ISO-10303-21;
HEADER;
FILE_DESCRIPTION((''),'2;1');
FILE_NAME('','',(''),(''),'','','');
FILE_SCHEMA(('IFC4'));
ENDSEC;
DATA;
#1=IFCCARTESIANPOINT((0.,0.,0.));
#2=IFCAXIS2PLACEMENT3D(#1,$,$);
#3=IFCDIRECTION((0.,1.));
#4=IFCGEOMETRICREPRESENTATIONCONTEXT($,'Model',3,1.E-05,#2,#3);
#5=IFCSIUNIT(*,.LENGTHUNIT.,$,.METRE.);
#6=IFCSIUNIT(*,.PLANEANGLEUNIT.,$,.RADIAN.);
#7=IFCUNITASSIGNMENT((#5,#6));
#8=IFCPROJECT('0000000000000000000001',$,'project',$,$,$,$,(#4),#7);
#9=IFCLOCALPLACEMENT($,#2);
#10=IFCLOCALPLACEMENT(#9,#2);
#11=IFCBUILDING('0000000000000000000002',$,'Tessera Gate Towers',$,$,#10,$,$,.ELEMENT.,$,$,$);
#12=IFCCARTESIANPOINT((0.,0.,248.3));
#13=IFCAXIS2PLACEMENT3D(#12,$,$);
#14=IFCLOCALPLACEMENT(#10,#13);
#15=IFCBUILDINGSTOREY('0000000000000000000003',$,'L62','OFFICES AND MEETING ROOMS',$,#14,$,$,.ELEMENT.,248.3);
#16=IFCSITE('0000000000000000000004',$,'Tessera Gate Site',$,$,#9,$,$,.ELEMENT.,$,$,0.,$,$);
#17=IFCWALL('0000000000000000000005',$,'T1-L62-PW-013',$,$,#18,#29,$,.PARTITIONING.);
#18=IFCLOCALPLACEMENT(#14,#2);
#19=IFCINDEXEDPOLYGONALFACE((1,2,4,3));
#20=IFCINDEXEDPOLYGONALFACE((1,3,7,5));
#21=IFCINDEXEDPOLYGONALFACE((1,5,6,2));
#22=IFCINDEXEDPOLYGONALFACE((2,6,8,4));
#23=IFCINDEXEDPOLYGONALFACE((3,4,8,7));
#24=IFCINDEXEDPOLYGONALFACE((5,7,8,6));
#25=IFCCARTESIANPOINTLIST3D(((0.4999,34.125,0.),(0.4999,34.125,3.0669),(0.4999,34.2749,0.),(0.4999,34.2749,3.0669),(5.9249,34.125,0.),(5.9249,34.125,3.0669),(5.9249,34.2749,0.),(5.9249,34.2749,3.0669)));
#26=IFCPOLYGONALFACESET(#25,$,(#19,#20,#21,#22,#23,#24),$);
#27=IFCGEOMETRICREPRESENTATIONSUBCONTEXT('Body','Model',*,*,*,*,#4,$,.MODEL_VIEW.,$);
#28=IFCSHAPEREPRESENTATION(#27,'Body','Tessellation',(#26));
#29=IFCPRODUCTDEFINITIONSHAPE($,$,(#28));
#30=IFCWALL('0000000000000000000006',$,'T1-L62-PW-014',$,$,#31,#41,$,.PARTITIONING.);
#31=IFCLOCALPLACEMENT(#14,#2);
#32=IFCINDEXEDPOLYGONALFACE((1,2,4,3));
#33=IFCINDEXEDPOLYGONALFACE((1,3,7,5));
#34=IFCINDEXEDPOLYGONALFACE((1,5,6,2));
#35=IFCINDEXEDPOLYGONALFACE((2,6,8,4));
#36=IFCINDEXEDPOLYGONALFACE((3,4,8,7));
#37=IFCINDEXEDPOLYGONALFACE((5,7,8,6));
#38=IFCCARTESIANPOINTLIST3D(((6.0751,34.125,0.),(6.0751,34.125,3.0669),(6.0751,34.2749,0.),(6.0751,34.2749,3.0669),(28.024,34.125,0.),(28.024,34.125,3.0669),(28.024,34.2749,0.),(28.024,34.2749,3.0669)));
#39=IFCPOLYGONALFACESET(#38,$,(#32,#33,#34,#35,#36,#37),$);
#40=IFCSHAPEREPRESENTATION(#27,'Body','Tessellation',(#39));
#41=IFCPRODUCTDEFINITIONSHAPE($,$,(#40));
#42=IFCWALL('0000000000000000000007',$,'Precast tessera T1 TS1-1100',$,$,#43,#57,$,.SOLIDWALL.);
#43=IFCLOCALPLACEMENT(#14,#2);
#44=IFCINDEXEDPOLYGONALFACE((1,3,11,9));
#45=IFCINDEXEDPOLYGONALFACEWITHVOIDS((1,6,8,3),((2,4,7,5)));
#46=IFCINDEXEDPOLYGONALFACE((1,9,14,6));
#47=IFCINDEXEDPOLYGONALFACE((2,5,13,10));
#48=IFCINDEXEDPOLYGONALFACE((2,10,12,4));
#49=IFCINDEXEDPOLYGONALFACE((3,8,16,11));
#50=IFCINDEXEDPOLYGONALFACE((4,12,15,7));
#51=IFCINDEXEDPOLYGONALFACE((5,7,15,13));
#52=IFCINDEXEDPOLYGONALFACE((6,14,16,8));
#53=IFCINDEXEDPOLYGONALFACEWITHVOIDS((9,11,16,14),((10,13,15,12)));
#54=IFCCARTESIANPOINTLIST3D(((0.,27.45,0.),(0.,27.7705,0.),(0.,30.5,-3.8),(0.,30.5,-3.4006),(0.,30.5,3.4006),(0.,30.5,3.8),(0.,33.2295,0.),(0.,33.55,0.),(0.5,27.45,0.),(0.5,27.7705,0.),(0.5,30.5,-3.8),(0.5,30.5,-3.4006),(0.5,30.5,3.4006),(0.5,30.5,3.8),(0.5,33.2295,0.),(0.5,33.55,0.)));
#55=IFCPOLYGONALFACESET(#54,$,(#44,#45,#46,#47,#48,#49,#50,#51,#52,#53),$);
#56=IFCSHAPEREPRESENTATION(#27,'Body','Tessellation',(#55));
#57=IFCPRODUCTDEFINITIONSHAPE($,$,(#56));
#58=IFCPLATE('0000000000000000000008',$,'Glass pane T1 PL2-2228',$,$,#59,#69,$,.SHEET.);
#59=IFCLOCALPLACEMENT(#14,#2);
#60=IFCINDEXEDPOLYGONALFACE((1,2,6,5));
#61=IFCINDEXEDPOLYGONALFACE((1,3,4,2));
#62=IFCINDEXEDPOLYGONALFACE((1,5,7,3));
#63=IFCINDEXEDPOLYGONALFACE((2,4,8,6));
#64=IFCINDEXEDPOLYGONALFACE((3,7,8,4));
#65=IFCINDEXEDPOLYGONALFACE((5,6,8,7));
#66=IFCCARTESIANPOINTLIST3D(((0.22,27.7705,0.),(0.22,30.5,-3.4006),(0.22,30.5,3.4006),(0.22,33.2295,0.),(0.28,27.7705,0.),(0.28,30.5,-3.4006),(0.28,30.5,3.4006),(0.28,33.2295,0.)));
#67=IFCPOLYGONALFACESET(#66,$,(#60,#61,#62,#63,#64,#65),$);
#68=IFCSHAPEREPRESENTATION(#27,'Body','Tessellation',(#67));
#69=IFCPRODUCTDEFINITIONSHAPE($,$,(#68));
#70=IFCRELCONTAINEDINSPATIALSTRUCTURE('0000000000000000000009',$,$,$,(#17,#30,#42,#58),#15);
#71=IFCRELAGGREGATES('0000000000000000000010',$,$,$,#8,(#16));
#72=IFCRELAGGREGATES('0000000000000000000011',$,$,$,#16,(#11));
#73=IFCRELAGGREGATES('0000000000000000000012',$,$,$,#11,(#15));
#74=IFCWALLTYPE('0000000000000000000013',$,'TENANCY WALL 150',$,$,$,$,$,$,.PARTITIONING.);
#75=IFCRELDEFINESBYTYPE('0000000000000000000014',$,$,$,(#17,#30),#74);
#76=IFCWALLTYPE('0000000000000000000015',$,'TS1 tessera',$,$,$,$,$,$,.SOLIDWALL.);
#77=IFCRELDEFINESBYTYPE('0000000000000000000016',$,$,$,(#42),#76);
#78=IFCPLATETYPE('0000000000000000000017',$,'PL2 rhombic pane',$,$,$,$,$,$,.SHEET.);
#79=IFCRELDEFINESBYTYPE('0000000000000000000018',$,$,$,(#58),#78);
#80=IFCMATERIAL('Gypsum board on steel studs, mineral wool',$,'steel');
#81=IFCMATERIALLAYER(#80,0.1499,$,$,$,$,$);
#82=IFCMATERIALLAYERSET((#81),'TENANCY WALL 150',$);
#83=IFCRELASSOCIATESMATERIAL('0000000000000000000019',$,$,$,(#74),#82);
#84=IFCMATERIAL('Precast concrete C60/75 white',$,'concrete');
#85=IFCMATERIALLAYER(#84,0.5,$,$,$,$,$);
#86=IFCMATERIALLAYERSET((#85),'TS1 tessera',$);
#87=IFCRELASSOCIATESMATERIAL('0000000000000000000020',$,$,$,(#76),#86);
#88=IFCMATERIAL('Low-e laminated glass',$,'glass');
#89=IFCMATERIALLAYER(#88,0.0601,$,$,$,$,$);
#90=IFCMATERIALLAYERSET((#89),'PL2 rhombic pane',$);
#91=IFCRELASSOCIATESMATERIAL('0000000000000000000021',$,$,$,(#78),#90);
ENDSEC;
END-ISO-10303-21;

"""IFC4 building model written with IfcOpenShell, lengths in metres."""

from ifc_helpers import new_model, si_unit, direction, frame, frame_2d, origin, place, context, subcontext, project, spatial, polyline, rectangle, outline, extrude, source, transform, mapped, material, layer, layer_set, type_object, element, fill, save


model = new_model("IFC4")

# Units and contexts
model_context = context("Model", 3, precision=1e-05, world=origin(), true_north=direction((0.0, 1.0)))
body_context = subcontext(model_context, "Body", "Model", "MODEL_VIEW")
ifc_project = project(units=[si_unit("LENGTHUNIT", "METRE"), si_unit("PLANEANGLEUNIT", "RADIAN")], contexts=[model_context])

# Site, building, storey
site_placement = place(None, origin())
site = spatial("IfcSite", under=ifc_project, at=site_placement, Name="Tessera Gate Site", CompositionType="ELEMENT", RefElevation=0.0)
building_placement = place(site_placement, origin())
building = spatial("IfcBuilding", under=site, at=building_placement, Name="Tessera Gate Towers", CompositionType="ELEMENT")
storey_placement = place(building_placement, frame((0.0, 0.0, 248.3)))
storey = spatial("IfcBuildingStorey", under=building, at=storey_placement, Name="L62", Description="OFFICES AND MEETING ROOMS", CompositionType="ELEMENT", Elevation=248.3)

# Walls
ifc_material_1 = material(Name="Gypsum board on steel studs, mineral wool", Category="steel")
ifc_layer_1 = layer(ifc_material_1, 0.1499)
ifc_layer_set_1 = layer_set([ifc_layer_1], Name="TENANCY WALL 150")
wall_type_1 = type_object("IfcWallType", Name="TENANCY WALL 150", PredefinedType="PARTITIONING", material=ifc_layer_set_1)
wall_1_placement = place(storey_placement, frame((0.5, 34.2, 0.0), z_axis=(0.0, 0.0, 1.0), x_axis=(1.0, 0.0, 0.0)))
element("IfcWall", 1, at=wall_1_placement, inside=storey, type_object=wall_type_1, Name="T1-L62-PW-013", PredefinedType="PARTITIONING", context=body_context, shape_type="SweptSolid", body=[
    extrude(rectangle(XDim=5.425, YDim=0.1499, at=frame_2d((2.7124, 0.0))), origin(), (0.0, 0.0, 1.0), 3.0669),
])
wall_2_placement = place(storey_placement, frame((6.075, 34.2, 0.0), z_axis=(0.0, 0.0, 1.0), x_axis=(1.0, 0.0, 0.0)))
element("IfcWall", 2, at=wall_2_placement, inside=storey, type_object=wall_type_1, Name="T1-L62-PW-014", PredefinedType="PARTITIONING", context=body_context, shape_type="SweptSolid", body=[
    extrude(rectangle(XDim=21.949, YDim=0.1499, at=frame_2d((10.9746, 0.0))), origin(), (0.0, 0.0, 1.0), 3.0669),
])

# Wall, opening, plate
ifc_material_2 = material(Name="Precast concrete C60/75 white", Category="concrete")
ifc_layer_2 = layer(ifc_material_2, 0.5)
ifc_layer_set_2 = layer_set([ifc_layer_2], Name="TS1 tessera")
wall_type_2 = type_object("IfcWallType", Name="TS1 tessera", PredefinedType="SOLIDWALL", material=ifc_layer_set_2)
shared_shape_1 = source(origin(), body_context, "Body", "SweptSolid", [
    extrude(outline(polyline([(3.05, 0.0), (6.1001, 3.8), (3.05, 7.6001), (0.0, 3.8), (3.05, 0.0)])), frame((0.0, 0.25, 0.0), z_axis=(0.0, -1.0, 0.0), x_axis=(1.0, 0.0, 0.0)), (0.0, 0.0, 1.0), 0.5),
])
wall_3_placement = place(storey_placement, frame((0.25, 33.55, -3.8), z_axis=(0.0, 0.0, 1.0), x_axis=(0.0, -1.0, 0.0)))
wall_3 = element("IfcWall", 3, at=wall_3_placement, inside=storey, type_object=wall_type_2, Name="Precast tessera T1 TS1-1100", PredefinedType="SOLIDWALL", context=body_context, shape_type="MappedRepresentation", body=[
    mapped(shared_shape_1, transform((0.0, 0.0, 0.0), scale=1.0)),
])
shared_shape_2 = source(origin(), body_context, "Body", "SweptSolid", [
    extrude(outline(polyline([(3.05, 0.3994), (5.7795, 3.8), (3.05, 7.2007), (0.3206, 3.8), (3.05, 0.3994)])), frame((0.0, 0.26, 0.0), z_axis=(0.0, -1.0, 0.0), x_axis=(1.0, 0.0, 0.0)), (0.0, 0.0, 1.0), 0.52),
])
opening_1_placement = place(wall_3_placement, origin())
opening_1 = element("IfcOpeningElement", 4, at=opening_1_placement, cuts=wall_3, PredefinedType="OPENING", context=body_context, shape_type="MappedRepresentation", body=[
    mapped(shared_shape_2, transform((0.0, 0.0, 0.0), scale=1.0)),
])
ifc_material_3 = material(Name="Low-e laminated glass", Category="glass")
ifc_layer_3 = layer(ifc_material_3, 0.0601)
ifc_layer_set_3 = layer_set([ifc_layer_3], Name="PL2 rhombic pane")
plate_type = type_object("IfcPlateType", Name="PL2 rhombic pane", PredefinedType="SHEET", material=ifc_layer_set_3)
shared_shape_3 = source(origin(), body_context, "Body", "SweptSolid", [
    extrude(outline(polyline([(3.05, 0.3994), (5.7795, 3.8), (3.05, 7.2007), (0.3206, 3.8), (3.05, 0.3994)])), frame((0.0, 0.03, 0.0), z_axis=(0.0, -1.0, 0.0), x_axis=(1.0, 0.0, 0.0)), (0.0, 0.0, 1.0), 0.0601),
])
plate_placement = place(opening_1_placement, origin())
plate = element("IfcPlate", 5, at=plate_placement, inside=storey, type_object=plate_type, Name="Glass pane T1 PL2-2228", PredefinedType="SHEET", context=body_context, shape_type="MappedRepresentation", body=[
    mapped(shared_shape_3, transform((0.0, 0.0, 0.0), scale=1.0)),
])
fill(opening_1, plate)

save(model, "model.ifc")
